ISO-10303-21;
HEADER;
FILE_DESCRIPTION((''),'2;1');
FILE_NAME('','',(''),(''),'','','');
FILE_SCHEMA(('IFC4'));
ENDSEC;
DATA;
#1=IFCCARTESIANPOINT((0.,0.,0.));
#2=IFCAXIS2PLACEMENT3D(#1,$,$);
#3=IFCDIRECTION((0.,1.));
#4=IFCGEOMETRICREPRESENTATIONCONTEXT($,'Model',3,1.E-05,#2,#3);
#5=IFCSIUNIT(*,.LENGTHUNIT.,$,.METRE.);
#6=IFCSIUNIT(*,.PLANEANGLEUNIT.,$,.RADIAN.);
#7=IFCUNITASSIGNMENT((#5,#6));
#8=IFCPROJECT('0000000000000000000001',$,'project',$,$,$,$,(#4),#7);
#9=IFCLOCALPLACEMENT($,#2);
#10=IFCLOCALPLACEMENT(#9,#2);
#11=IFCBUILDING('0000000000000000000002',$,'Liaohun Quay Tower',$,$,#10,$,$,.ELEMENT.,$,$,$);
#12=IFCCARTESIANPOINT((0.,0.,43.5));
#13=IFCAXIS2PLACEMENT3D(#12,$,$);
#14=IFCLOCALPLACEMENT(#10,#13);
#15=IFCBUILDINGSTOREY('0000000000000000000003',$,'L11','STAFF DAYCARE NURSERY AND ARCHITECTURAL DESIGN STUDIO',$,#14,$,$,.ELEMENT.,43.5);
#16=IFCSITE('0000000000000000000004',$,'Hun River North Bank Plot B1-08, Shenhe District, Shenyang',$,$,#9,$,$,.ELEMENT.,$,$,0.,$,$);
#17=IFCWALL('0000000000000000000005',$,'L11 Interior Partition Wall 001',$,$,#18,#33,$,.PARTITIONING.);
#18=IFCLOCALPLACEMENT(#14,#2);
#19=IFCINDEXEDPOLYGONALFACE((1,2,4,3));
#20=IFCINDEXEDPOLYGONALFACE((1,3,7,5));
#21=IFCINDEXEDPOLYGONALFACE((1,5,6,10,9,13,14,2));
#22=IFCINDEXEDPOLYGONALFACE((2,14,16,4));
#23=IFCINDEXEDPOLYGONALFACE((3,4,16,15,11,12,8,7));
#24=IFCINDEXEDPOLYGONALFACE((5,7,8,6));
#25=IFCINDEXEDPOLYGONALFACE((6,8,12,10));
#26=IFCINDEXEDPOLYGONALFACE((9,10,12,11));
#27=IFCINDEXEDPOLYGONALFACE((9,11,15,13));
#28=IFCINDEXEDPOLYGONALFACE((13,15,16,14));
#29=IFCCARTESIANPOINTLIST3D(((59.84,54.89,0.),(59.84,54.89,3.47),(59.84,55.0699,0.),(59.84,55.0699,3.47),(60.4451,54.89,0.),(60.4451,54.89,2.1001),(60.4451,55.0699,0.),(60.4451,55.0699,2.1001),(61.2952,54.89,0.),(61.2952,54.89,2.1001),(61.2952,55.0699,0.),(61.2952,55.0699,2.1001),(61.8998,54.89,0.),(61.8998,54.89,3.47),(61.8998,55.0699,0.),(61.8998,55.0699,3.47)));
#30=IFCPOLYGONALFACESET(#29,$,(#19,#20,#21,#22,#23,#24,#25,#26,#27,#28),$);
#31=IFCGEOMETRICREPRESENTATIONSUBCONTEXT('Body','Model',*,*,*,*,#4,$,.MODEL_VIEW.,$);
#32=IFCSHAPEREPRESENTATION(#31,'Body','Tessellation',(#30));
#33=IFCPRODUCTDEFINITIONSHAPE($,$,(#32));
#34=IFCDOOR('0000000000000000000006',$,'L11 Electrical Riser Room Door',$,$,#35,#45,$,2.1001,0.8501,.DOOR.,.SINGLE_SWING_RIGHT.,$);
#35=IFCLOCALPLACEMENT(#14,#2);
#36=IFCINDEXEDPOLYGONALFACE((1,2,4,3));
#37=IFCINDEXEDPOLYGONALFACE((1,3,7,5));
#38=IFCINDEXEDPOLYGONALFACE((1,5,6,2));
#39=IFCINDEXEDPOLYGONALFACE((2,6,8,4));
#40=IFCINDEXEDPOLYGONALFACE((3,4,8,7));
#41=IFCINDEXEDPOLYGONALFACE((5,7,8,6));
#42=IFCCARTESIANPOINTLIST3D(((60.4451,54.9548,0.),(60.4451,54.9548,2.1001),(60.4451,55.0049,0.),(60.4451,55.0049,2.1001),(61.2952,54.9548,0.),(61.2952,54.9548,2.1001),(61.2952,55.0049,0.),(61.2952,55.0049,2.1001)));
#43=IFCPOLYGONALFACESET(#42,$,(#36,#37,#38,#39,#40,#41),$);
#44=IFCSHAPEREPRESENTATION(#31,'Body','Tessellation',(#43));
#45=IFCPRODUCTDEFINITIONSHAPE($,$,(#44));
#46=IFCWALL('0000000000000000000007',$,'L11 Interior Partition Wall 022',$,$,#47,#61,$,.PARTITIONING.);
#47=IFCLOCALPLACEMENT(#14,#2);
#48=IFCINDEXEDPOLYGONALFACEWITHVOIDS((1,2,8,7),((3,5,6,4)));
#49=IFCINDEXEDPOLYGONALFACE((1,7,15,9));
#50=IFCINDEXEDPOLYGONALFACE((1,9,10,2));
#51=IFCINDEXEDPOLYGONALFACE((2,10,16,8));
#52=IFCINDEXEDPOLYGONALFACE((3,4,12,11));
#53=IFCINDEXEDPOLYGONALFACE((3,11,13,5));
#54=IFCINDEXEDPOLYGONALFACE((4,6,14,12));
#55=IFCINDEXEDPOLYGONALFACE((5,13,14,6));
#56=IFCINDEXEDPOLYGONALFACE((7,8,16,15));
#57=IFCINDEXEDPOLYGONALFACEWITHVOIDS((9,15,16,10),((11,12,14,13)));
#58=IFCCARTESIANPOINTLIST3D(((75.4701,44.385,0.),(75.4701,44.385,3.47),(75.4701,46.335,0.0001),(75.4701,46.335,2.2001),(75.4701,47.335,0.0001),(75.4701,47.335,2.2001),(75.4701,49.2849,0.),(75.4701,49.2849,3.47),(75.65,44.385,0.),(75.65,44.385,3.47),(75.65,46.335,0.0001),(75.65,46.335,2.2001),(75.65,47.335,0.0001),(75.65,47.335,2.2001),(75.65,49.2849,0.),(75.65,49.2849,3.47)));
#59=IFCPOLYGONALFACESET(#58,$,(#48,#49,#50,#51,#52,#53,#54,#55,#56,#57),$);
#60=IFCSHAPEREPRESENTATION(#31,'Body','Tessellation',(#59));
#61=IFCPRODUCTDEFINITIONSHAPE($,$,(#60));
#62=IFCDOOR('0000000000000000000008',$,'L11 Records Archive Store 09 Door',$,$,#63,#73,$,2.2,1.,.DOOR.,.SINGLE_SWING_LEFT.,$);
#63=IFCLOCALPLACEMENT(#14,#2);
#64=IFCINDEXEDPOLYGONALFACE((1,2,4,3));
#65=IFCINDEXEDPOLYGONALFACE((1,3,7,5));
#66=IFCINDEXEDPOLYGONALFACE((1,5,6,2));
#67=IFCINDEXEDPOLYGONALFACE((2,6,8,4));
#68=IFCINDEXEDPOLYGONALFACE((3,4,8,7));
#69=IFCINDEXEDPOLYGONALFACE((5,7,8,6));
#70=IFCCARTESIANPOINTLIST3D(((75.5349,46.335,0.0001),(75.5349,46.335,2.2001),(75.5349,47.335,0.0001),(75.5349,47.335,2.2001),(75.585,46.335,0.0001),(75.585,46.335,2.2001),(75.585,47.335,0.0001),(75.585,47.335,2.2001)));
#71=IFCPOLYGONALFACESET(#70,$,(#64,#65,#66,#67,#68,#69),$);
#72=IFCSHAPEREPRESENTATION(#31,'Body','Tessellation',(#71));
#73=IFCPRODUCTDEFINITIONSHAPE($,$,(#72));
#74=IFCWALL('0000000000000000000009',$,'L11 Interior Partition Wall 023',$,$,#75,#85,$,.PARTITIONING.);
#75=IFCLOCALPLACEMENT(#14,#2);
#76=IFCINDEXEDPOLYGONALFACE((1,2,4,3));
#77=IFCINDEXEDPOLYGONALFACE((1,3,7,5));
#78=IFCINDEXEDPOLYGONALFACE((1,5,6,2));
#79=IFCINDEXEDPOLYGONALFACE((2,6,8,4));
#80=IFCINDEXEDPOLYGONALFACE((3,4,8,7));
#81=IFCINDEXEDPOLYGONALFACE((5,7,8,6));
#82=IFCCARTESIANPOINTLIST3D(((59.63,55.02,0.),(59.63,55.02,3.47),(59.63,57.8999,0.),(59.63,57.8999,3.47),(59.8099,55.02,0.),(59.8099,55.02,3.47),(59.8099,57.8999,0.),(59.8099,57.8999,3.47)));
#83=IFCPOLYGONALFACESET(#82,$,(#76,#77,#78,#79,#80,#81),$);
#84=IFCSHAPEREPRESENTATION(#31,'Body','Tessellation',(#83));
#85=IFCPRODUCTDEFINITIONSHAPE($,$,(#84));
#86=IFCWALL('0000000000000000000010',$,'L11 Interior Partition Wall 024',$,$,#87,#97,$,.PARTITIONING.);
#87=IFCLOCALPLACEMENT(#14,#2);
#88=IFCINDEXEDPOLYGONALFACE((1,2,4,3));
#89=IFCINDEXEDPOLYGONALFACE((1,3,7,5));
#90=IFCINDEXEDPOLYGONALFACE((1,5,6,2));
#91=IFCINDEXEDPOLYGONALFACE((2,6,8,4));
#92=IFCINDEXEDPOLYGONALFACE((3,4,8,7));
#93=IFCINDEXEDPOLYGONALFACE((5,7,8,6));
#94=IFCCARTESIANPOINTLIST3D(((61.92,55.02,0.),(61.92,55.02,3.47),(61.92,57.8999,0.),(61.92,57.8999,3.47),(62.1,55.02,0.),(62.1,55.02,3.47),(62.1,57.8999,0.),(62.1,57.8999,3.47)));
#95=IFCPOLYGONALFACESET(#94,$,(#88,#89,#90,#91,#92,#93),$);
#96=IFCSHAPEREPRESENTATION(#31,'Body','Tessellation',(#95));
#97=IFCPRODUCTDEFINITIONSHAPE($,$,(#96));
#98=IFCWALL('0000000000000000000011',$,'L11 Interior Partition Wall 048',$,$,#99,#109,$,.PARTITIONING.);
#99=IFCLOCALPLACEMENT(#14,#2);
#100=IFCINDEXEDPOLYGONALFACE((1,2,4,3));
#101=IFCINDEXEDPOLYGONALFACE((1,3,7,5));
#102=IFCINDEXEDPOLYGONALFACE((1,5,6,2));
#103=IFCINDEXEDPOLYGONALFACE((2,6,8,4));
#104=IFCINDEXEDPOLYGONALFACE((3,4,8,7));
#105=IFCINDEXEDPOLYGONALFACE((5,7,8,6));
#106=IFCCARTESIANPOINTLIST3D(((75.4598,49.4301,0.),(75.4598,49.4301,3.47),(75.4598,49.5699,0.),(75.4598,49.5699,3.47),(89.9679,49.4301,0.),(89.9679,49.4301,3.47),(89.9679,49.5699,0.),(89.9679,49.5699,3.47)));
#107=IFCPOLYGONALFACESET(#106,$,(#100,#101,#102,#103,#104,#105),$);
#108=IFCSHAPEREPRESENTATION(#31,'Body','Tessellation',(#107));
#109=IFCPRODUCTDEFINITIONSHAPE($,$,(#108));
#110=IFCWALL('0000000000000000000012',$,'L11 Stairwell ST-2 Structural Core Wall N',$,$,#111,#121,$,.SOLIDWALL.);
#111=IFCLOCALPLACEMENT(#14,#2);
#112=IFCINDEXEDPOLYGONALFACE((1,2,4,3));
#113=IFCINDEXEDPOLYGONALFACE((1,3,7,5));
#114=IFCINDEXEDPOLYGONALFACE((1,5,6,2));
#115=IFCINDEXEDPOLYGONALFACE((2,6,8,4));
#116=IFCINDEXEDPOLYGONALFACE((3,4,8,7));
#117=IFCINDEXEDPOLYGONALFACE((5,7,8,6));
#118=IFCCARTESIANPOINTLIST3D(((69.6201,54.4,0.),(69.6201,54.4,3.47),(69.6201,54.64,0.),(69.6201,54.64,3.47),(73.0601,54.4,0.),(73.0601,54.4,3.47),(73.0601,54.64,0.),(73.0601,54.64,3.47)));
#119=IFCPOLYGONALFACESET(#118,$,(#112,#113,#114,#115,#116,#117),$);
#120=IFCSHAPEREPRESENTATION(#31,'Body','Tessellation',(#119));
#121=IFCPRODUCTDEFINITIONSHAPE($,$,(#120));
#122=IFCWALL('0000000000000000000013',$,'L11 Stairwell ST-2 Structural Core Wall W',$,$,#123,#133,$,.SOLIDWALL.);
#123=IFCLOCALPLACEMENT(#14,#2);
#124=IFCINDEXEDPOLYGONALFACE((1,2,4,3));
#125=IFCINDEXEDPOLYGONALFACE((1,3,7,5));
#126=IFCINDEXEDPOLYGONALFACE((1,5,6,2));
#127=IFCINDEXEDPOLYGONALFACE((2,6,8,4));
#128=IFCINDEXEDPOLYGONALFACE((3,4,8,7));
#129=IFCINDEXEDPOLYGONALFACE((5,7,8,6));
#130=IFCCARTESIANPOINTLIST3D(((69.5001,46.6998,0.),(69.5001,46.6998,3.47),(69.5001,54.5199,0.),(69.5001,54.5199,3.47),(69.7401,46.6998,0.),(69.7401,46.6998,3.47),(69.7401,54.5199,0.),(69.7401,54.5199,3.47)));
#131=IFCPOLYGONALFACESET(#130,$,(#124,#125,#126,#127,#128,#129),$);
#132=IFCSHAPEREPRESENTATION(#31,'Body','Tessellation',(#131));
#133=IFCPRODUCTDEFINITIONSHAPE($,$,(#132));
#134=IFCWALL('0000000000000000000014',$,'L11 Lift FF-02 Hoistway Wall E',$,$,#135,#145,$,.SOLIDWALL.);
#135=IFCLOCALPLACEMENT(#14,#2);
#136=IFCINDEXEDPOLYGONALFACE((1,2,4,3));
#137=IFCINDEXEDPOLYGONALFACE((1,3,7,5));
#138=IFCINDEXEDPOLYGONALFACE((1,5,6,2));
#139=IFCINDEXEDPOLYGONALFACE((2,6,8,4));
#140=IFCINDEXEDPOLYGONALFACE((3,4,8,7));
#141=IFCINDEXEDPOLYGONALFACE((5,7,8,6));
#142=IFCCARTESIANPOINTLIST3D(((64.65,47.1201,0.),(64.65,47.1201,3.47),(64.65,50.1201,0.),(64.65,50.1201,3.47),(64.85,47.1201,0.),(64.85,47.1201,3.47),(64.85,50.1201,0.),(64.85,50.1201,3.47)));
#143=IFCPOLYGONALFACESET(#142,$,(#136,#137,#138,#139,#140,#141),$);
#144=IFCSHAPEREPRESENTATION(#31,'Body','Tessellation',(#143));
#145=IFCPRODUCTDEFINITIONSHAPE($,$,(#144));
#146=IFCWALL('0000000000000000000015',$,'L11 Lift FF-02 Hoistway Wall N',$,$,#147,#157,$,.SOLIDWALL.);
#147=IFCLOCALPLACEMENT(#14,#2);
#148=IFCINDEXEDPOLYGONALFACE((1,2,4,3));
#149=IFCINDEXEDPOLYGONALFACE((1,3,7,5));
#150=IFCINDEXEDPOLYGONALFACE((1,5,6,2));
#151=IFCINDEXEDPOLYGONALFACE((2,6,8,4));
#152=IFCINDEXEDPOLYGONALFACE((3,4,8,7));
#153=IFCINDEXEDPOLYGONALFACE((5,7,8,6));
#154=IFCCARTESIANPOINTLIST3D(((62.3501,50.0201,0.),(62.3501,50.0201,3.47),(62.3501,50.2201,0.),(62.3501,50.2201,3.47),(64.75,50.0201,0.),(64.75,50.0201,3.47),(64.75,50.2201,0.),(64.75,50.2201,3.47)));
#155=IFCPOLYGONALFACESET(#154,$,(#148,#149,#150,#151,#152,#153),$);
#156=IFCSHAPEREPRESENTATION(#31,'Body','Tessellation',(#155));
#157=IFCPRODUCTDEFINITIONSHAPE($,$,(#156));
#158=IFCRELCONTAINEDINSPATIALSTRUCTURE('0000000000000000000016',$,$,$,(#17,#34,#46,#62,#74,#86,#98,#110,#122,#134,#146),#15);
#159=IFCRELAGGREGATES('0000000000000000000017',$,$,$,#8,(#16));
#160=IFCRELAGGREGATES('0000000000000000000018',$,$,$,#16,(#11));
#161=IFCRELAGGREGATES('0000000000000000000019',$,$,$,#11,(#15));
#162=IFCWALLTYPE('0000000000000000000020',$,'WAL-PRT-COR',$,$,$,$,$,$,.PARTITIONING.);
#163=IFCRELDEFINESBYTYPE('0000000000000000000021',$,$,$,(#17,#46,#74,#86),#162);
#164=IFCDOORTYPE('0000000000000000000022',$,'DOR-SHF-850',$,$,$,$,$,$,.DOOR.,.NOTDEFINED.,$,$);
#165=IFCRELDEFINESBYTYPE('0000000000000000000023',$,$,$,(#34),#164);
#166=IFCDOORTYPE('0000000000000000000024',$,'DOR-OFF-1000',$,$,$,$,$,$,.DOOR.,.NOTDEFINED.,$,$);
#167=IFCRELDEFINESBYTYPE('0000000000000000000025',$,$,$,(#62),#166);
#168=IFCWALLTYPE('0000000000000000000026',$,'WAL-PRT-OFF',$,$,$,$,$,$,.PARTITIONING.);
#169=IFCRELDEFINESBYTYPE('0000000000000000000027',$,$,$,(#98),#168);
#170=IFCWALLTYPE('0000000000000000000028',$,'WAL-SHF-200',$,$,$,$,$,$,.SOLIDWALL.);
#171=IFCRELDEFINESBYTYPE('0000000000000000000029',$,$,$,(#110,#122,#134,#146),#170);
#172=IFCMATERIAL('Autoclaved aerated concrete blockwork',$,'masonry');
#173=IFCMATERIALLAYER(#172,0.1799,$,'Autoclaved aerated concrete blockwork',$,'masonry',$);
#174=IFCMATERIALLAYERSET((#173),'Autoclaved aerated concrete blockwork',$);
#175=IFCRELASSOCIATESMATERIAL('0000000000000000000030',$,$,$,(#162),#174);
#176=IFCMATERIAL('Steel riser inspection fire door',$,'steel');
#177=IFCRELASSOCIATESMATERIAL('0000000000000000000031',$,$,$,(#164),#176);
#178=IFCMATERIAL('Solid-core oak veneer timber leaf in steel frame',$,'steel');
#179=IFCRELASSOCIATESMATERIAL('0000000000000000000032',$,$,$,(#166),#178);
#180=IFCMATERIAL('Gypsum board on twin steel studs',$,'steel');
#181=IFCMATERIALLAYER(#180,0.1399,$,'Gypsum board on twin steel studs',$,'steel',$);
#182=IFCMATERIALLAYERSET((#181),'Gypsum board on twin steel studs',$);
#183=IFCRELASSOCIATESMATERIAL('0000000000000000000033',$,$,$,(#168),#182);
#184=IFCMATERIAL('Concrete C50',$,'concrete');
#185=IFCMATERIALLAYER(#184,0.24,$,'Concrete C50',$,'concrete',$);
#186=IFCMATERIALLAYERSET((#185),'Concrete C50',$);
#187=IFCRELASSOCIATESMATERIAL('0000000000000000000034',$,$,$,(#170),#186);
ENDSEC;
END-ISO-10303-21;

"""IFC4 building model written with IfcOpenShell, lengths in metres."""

from ifc_helpers import new_model, si_unit, direction, frame, frame_2d, origin, place, context, subcontext, project, spatial, rectangle, extrude, source, transform, mapped, material, layer, layer_set, type_object, element, fill, save


model = new_model("IFC4")

# Units and contexts
model_context = context("Model", 3, precision=1e-05, world=origin(), true_north=direction((0.0, 1.0)))
body_context = subcontext(model_context, "Body", "Model", "MODEL_VIEW")
ifc_project = project(units=[si_unit("LENGTHUNIT", "METRE"), si_unit("PLANEANGLEUNIT", "RADIAN")], contexts=[model_context])

# Site, building, storey
site_placement = place(None, origin())
site = spatial("IfcSite", under=ifc_project, at=site_placement, Name="Hun River North Bank Plot B1-08, Shenhe District, Shenyang", CompositionType="ELEMENT", RefElevation=0.0)
building_placement = place(site_placement, origin())
building = spatial("IfcBuilding", under=site, at=building_placement, Name="Liaohun Quay Tower", CompositionType="ELEMENT")
storey_placement = place(building_placement, frame((0.0, 0.0, 43.5)))
storey = spatial("IfcBuildingStorey", under=building, at=storey_placement, Name="L11", Description="STAFF DAYCARE NURSERY AND ARCHITECTURAL DESIGN STUDIO", CompositionType="ELEMENT", Elevation=43.5)

# Walls, openings, doors
ifc_material_1 = material(Name="Autoclaved aerated concrete blockwork", Category="masonry")
ifc_layer_1 = layer(ifc_material_1, 0.1799, Name="Autoclaved aerated concrete blockwork", Category="masonry")
ifc_layer_set_1 = layer_set([ifc_layer_1], Name="Autoclaved aerated concrete blockwork")
wall_type_1 = type_object("IfcWallType", Name="WAL-PRT-COR", PredefinedType="PARTITIONING", material=ifc_layer_set_1)
wall_1_placement = place(storey_placement, frame((59.8401, 54.98, 0.0), z_axis=(0.0, 0.0, 1.0), x_axis=(1.0, 0.0, 0.0)))
wall_1 = element("IfcWall", 1, at=wall_1_placement, inside=storey, type_object=wall_type_1, Name="L11 Interior Partition Wall 001", PredefinedType="PARTITIONING", context=body_context, shape_type="SweptSolid", body=[
    extrude(rectangle(XDim=2.0598, YDim=0.1799, at=frame_2d((1.0298, 0.0))), origin(), (0.0, 0.0, 1.0), 3.47),
])
shared_shape_1 = source(origin(), body_context, "Body", "SweptSolid", [
    extrude(rectangle(XDim=0.8501, YDim=2.1001, at=frame_2d((0.425, 1.05))), frame((0.0, 0.0999, 0.0), z_axis=(0.0, -1.0, 0.0), x_axis=(1.0, 0.0, 0.0)), (0.0, 0.0, 1.0), 0.2),
])
opening_1_placement = place(wall_1_placement, frame((0.605, 0.0, 0.0)))
opening_1 = element("IfcOpeningElement", 2, at=opening_1_placement, cuts=wall_1, PredefinedType="OPENING", context=body_context, shape_type="MappedRepresentation", body=[
    mapped(shared_shape_1, transform((0.0, 0.0, 0.0), x_axis=(1.0, 0.0, 0.0), y_axis=(0.0, 1.0, 0.0), z_axis=(0.0, 0.0, 1.0), scale=1.0)),
])
ifc_material_2 = material(Name="Steel riser inspection fire door", Category="steel")
door_type_1 = type_object("IfcDoorType", Name="DOR-SHF-850", OperationType="NOTDEFINED", PredefinedType="DOOR", material=ifc_material_2)
shared_shape_2 = source(origin(), body_context, "Body", "SweptSolid", [
    extrude(rectangle(XDim=0.8501, YDim=2.1001, at=frame_2d((0.425, 1.05))), frame((0.0, 0.0249, 0.0), z_axis=(0.0, -1.0, 0.0), x_axis=(1.0, 0.0, 0.0)), (0.0, 0.0, 1.0), 0.05),
])
door_1_placement = place(opening_1_placement, origin())
door_1 = element("IfcDoor", 3, at=door_1_placement, inside=storey, type_object=door_type_1, Name="L11 Electrical Riser Room Door", OperationType="SINGLE_SWING_RIGHT", OverallHeight=2.1001, OverallWidth=0.8501, PredefinedType="DOOR", context=body_context, shape_type="MappedRepresentation", body=[
    mapped(shared_shape_2, transform((0.0, 0.0, 0.0), x_axis=(1.0, 0.0, 0.0), y_axis=(0.0, 1.0, 0.0), z_axis=(0.0, 0.0, 1.0), scale=1.0)),
])
fill(opening_1, door_1)
wall_2_placement = place(storey_placement, frame((75.5601, 49.2849, 0.0), z_axis=(0.0, 0.0, 1.0), x_axis=(0.0, -1.0, 0.0)))
wall_2 = element("IfcWall", 4, at=wall_2_placement, inside=storey, type_object=wall_type_1, Name="L11 Interior Partition Wall 022", PredefinedType="PARTITIONING", context=body_context, shape_type="SweptSolid", body=[
    extrude(rectangle(XDim=4.8999, YDim=0.1799, at=frame_2d((2.45, 0.0))), origin(), (0.0, 0.0, 1.0), 3.47),
])
shared_shape_3 = source(origin(), body_context, "Body", "SweptSolid", [
    extrude(rectangle(XDim=1.0, YDim=2.2, at=frame_2d((0.5, 1.1001))), frame((0.0, 0.0999, 0.0), z_axis=(0.0, -1.0, 0.0), x_axis=(1.0, 0.0, 0.0)), (0.0, 0.0, 1.0), 0.2),
])
opening_2_placement = place(wall_2_placement, frame((1.95, 0.0, 0.0)))
opening_2 = element("IfcOpeningElement", 5, at=opening_2_placement, cuts=wall_2, PredefinedType="OPENING", context=body_context, shape_type="MappedRepresentation", body=[
    mapped(shared_shape_3, transform((0.0, 0.0, 0.0), x_axis=(1.0, 0.0, 0.0), y_axis=(0.0, 1.0, 0.0), z_axis=(0.0, 0.0, 1.0), scale=1.0)),
])
ifc_material_3 = material(Name="Solid-core oak veneer timber leaf in steel frame", Category="steel")
door_type_2 = type_object("IfcDoorType", Name="DOR-OFF-1000", OperationType="NOTDEFINED", PredefinedType="DOOR", material=ifc_material_3)
shared_shape_4 = source(origin(), body_context, "Body", "SweptSolid", [
    extrude(rectangle(XDim=1.0, YDim=2.2, at=frame_2d((0.5, 1.1001))), frame((0.0, 0.0249, 0.0), z_axis=(0.0, -1.0, 0.0), x_axis=(1.0, 0.0, 0.0)), (0.0, 0.0, 1.0), 0.05),
])
door_2_placement = place(opening_2_placement, origin())
door_2 = element("IfcDoor", 6, at=door_2_placement, inside=storey, type_object=door_type_2, Name="L11 Records Archive Store 09 Door", OperationType="SINGLE_SWING_LEFT", OverallHeight=2.2, OverallWidth=1.0, PredefinedType="DOOR", context=body_context, shape_type="MappedRepresentation", body=[
    mapped(shared_shape_4, transform((0.0, 0.0, 0.0), x_axis=(1.0, 0.0, 0.0), y_axis=(0.0, 1.0, 0.0), z_axis=(0.0, 0.0, 1.0), scale=1.0)),
])
fill(opening_2, door_2)

# Walls
for number, where, z_axis, x_axis, name in (
    (7, (59.72, 55.02, 0.0), (0.0, 0.0, 1.0), (0.0, 1.0, 0.0), "L11 Interior Partition Wall 023"),
    (8, (62.01, 55.02, 0.0), (0.0, 0.0, 1.0), (0.0, 1.0, 0.0), "L11 Interior Partition Wall 024"),
):
    element("IfcWall", number, at=place(storey_placement, frame(where, z_axis=z_axis, x_axis=x_axis)), inside=storey, type_object=wall_type_1, Name=name, PredefinedType="PARTITIONING", context=body_context, shape_type="SweptSolid", body=[
        extrude(rectangle(XDim=2.8799, YDim=0.1799, at=frame_2d((1.4399, 0.0))), origin(), (0.0, 0.0, 1.0), 3.47),
    ])
ifc_material_4 = material(Name="Gypsum board on twin steel studs", Category="steel")
ifc_layer_2 = layer(ifc_material_4, 0.1399, Name="Gypsum board on twin steel studs", Category="steel")
ifc_layer_set_2 = layer_set([ifc_layer_2], Name="Gypsum board on twin steel studs")
wall_type_2 = type_object("IfcWallType", Name="WAL-PRT-OFF", PredefinedType="PARTITIONING", material=ifc_layer_set_2)
wall_3_placement = place(storey_placement, frame((75.46, 49.5, 0.0), z_axis=(0.0, 0.0, 1.0), x_axis=(1.0, 0.0, 0.0)))
element("IfcWall", 9, at=wall_3_placement, inside=storey, type_object=wall_type_2, Name="L11 Interior Partition Wall 048", PredefinedType="PARTITIONING", context=body_context, shape_type="SweptSolid", body=[
    extrude(rectangle(XDim=14.5081, YDim=0.1399, at=frame_2d((7.2539, 0.0))), origin(), (0.0, 0.0, 1.0), 3.47),
])

# Walls
ifc_material_5 = material(Name="Concrete C50", Category="concrete")
ifc_layer_3 = layer(ifc_material_5, 0.24, Name="Concrete C50", Category="concrete")
ifc_layer_set_3 = layer_set([ifc_layer_3], Name="Concrete C50")
wall_type_3 = type_object("IfcWallType", Name="WAL-SHF-200", PredefinedType="SOLIDWALL", material=ifc_layer_set_3)
wall_4_placement = place(storey_placement, frame((73.0601, 54.52, 0.0), z_axis=(0.0, 0.0, 1.0), x_axis=(-1.0, 0.0, 0.0)))
element("IfcWall", 10, at=wall_4_placement, inside=storey, type_object=wall_type_3, Name="L11 Stairwell ST-2 Structural Core Wall N", PredefinedType="SOLIDWALL", context=body_context, shape_type="SweptSolid", body=[
    extrude(rectangle(XDim=3.4399, YDim=0.24, at=frame_2d((1.72, 0.0))), origin(), (0.0, 0.0, 1.0), 3.47),
])
wall_5_placement = place(storey_placement, frame((69.6201, 54.52, 0.0), z_axis=(0.0, 0.0, 1.0), x_axis=(0.0, -1.0, 0.0)))
element("IfcWall", 11, at=wall_5_placement, inside=storey, type_object=wall_type_3, Name="L11 Stairwell ST-2 Structural Core Wall W", PredefinedType="SOLIDWALL", context=body_context, shape_type="SweptSolid", body=[
    extrude(rectangle(XDim=7.8201, YDim=0.24, at=frame_2d((3.9102, 0.0))), origin(), (0.0, 0.0, 1.0), 3.47),
])
wall_6_placement = place(storey_placement, frame((64.75, 47.1201, 0.0), z_axis=(0.0, 0.0, 1.0), x_axis=(0.0, 1.0, 0.0)))
element("IfcWall", 12, at=wall_6_placement, inside=storey, type_object=wall_type_3, Name="L11 Lift FF-02 Hoistway Wall E", PredefinedType="SOLIDWALL", context=body_context, shape_type="SweptSolid", body=[
    extrude(rectangle(XDim=3.0, YDim=0.2, at=frame_2d((1.5, 0.0))), origin(), (0.0, 0.0, 1.0), 3.47),
])
wall_7_placement = place(storey_placement, frame((64.75, 50.1201, 0.0), z_axis=(0.0, 0.0, 1.0), x_axis=(-1.0, 0.0, 0.0)))
element("IfcWall", 13, at=wall_7_placement, inside=storey, type_object=wall_type_3, Name="L11 Lift FF-02 Hoistway Wall N", PredefinedType="SOLIDWALL", context=body_context, shape_type="SweptSolid", body=[
    extrude(rectangle(XDim=2.3999, YDim=0.2, at=frame_2d((1.2, 0.0))), origin(), (0.0, 0.0, 1.0), 3.47),
])

save(model, "model.ifc")
